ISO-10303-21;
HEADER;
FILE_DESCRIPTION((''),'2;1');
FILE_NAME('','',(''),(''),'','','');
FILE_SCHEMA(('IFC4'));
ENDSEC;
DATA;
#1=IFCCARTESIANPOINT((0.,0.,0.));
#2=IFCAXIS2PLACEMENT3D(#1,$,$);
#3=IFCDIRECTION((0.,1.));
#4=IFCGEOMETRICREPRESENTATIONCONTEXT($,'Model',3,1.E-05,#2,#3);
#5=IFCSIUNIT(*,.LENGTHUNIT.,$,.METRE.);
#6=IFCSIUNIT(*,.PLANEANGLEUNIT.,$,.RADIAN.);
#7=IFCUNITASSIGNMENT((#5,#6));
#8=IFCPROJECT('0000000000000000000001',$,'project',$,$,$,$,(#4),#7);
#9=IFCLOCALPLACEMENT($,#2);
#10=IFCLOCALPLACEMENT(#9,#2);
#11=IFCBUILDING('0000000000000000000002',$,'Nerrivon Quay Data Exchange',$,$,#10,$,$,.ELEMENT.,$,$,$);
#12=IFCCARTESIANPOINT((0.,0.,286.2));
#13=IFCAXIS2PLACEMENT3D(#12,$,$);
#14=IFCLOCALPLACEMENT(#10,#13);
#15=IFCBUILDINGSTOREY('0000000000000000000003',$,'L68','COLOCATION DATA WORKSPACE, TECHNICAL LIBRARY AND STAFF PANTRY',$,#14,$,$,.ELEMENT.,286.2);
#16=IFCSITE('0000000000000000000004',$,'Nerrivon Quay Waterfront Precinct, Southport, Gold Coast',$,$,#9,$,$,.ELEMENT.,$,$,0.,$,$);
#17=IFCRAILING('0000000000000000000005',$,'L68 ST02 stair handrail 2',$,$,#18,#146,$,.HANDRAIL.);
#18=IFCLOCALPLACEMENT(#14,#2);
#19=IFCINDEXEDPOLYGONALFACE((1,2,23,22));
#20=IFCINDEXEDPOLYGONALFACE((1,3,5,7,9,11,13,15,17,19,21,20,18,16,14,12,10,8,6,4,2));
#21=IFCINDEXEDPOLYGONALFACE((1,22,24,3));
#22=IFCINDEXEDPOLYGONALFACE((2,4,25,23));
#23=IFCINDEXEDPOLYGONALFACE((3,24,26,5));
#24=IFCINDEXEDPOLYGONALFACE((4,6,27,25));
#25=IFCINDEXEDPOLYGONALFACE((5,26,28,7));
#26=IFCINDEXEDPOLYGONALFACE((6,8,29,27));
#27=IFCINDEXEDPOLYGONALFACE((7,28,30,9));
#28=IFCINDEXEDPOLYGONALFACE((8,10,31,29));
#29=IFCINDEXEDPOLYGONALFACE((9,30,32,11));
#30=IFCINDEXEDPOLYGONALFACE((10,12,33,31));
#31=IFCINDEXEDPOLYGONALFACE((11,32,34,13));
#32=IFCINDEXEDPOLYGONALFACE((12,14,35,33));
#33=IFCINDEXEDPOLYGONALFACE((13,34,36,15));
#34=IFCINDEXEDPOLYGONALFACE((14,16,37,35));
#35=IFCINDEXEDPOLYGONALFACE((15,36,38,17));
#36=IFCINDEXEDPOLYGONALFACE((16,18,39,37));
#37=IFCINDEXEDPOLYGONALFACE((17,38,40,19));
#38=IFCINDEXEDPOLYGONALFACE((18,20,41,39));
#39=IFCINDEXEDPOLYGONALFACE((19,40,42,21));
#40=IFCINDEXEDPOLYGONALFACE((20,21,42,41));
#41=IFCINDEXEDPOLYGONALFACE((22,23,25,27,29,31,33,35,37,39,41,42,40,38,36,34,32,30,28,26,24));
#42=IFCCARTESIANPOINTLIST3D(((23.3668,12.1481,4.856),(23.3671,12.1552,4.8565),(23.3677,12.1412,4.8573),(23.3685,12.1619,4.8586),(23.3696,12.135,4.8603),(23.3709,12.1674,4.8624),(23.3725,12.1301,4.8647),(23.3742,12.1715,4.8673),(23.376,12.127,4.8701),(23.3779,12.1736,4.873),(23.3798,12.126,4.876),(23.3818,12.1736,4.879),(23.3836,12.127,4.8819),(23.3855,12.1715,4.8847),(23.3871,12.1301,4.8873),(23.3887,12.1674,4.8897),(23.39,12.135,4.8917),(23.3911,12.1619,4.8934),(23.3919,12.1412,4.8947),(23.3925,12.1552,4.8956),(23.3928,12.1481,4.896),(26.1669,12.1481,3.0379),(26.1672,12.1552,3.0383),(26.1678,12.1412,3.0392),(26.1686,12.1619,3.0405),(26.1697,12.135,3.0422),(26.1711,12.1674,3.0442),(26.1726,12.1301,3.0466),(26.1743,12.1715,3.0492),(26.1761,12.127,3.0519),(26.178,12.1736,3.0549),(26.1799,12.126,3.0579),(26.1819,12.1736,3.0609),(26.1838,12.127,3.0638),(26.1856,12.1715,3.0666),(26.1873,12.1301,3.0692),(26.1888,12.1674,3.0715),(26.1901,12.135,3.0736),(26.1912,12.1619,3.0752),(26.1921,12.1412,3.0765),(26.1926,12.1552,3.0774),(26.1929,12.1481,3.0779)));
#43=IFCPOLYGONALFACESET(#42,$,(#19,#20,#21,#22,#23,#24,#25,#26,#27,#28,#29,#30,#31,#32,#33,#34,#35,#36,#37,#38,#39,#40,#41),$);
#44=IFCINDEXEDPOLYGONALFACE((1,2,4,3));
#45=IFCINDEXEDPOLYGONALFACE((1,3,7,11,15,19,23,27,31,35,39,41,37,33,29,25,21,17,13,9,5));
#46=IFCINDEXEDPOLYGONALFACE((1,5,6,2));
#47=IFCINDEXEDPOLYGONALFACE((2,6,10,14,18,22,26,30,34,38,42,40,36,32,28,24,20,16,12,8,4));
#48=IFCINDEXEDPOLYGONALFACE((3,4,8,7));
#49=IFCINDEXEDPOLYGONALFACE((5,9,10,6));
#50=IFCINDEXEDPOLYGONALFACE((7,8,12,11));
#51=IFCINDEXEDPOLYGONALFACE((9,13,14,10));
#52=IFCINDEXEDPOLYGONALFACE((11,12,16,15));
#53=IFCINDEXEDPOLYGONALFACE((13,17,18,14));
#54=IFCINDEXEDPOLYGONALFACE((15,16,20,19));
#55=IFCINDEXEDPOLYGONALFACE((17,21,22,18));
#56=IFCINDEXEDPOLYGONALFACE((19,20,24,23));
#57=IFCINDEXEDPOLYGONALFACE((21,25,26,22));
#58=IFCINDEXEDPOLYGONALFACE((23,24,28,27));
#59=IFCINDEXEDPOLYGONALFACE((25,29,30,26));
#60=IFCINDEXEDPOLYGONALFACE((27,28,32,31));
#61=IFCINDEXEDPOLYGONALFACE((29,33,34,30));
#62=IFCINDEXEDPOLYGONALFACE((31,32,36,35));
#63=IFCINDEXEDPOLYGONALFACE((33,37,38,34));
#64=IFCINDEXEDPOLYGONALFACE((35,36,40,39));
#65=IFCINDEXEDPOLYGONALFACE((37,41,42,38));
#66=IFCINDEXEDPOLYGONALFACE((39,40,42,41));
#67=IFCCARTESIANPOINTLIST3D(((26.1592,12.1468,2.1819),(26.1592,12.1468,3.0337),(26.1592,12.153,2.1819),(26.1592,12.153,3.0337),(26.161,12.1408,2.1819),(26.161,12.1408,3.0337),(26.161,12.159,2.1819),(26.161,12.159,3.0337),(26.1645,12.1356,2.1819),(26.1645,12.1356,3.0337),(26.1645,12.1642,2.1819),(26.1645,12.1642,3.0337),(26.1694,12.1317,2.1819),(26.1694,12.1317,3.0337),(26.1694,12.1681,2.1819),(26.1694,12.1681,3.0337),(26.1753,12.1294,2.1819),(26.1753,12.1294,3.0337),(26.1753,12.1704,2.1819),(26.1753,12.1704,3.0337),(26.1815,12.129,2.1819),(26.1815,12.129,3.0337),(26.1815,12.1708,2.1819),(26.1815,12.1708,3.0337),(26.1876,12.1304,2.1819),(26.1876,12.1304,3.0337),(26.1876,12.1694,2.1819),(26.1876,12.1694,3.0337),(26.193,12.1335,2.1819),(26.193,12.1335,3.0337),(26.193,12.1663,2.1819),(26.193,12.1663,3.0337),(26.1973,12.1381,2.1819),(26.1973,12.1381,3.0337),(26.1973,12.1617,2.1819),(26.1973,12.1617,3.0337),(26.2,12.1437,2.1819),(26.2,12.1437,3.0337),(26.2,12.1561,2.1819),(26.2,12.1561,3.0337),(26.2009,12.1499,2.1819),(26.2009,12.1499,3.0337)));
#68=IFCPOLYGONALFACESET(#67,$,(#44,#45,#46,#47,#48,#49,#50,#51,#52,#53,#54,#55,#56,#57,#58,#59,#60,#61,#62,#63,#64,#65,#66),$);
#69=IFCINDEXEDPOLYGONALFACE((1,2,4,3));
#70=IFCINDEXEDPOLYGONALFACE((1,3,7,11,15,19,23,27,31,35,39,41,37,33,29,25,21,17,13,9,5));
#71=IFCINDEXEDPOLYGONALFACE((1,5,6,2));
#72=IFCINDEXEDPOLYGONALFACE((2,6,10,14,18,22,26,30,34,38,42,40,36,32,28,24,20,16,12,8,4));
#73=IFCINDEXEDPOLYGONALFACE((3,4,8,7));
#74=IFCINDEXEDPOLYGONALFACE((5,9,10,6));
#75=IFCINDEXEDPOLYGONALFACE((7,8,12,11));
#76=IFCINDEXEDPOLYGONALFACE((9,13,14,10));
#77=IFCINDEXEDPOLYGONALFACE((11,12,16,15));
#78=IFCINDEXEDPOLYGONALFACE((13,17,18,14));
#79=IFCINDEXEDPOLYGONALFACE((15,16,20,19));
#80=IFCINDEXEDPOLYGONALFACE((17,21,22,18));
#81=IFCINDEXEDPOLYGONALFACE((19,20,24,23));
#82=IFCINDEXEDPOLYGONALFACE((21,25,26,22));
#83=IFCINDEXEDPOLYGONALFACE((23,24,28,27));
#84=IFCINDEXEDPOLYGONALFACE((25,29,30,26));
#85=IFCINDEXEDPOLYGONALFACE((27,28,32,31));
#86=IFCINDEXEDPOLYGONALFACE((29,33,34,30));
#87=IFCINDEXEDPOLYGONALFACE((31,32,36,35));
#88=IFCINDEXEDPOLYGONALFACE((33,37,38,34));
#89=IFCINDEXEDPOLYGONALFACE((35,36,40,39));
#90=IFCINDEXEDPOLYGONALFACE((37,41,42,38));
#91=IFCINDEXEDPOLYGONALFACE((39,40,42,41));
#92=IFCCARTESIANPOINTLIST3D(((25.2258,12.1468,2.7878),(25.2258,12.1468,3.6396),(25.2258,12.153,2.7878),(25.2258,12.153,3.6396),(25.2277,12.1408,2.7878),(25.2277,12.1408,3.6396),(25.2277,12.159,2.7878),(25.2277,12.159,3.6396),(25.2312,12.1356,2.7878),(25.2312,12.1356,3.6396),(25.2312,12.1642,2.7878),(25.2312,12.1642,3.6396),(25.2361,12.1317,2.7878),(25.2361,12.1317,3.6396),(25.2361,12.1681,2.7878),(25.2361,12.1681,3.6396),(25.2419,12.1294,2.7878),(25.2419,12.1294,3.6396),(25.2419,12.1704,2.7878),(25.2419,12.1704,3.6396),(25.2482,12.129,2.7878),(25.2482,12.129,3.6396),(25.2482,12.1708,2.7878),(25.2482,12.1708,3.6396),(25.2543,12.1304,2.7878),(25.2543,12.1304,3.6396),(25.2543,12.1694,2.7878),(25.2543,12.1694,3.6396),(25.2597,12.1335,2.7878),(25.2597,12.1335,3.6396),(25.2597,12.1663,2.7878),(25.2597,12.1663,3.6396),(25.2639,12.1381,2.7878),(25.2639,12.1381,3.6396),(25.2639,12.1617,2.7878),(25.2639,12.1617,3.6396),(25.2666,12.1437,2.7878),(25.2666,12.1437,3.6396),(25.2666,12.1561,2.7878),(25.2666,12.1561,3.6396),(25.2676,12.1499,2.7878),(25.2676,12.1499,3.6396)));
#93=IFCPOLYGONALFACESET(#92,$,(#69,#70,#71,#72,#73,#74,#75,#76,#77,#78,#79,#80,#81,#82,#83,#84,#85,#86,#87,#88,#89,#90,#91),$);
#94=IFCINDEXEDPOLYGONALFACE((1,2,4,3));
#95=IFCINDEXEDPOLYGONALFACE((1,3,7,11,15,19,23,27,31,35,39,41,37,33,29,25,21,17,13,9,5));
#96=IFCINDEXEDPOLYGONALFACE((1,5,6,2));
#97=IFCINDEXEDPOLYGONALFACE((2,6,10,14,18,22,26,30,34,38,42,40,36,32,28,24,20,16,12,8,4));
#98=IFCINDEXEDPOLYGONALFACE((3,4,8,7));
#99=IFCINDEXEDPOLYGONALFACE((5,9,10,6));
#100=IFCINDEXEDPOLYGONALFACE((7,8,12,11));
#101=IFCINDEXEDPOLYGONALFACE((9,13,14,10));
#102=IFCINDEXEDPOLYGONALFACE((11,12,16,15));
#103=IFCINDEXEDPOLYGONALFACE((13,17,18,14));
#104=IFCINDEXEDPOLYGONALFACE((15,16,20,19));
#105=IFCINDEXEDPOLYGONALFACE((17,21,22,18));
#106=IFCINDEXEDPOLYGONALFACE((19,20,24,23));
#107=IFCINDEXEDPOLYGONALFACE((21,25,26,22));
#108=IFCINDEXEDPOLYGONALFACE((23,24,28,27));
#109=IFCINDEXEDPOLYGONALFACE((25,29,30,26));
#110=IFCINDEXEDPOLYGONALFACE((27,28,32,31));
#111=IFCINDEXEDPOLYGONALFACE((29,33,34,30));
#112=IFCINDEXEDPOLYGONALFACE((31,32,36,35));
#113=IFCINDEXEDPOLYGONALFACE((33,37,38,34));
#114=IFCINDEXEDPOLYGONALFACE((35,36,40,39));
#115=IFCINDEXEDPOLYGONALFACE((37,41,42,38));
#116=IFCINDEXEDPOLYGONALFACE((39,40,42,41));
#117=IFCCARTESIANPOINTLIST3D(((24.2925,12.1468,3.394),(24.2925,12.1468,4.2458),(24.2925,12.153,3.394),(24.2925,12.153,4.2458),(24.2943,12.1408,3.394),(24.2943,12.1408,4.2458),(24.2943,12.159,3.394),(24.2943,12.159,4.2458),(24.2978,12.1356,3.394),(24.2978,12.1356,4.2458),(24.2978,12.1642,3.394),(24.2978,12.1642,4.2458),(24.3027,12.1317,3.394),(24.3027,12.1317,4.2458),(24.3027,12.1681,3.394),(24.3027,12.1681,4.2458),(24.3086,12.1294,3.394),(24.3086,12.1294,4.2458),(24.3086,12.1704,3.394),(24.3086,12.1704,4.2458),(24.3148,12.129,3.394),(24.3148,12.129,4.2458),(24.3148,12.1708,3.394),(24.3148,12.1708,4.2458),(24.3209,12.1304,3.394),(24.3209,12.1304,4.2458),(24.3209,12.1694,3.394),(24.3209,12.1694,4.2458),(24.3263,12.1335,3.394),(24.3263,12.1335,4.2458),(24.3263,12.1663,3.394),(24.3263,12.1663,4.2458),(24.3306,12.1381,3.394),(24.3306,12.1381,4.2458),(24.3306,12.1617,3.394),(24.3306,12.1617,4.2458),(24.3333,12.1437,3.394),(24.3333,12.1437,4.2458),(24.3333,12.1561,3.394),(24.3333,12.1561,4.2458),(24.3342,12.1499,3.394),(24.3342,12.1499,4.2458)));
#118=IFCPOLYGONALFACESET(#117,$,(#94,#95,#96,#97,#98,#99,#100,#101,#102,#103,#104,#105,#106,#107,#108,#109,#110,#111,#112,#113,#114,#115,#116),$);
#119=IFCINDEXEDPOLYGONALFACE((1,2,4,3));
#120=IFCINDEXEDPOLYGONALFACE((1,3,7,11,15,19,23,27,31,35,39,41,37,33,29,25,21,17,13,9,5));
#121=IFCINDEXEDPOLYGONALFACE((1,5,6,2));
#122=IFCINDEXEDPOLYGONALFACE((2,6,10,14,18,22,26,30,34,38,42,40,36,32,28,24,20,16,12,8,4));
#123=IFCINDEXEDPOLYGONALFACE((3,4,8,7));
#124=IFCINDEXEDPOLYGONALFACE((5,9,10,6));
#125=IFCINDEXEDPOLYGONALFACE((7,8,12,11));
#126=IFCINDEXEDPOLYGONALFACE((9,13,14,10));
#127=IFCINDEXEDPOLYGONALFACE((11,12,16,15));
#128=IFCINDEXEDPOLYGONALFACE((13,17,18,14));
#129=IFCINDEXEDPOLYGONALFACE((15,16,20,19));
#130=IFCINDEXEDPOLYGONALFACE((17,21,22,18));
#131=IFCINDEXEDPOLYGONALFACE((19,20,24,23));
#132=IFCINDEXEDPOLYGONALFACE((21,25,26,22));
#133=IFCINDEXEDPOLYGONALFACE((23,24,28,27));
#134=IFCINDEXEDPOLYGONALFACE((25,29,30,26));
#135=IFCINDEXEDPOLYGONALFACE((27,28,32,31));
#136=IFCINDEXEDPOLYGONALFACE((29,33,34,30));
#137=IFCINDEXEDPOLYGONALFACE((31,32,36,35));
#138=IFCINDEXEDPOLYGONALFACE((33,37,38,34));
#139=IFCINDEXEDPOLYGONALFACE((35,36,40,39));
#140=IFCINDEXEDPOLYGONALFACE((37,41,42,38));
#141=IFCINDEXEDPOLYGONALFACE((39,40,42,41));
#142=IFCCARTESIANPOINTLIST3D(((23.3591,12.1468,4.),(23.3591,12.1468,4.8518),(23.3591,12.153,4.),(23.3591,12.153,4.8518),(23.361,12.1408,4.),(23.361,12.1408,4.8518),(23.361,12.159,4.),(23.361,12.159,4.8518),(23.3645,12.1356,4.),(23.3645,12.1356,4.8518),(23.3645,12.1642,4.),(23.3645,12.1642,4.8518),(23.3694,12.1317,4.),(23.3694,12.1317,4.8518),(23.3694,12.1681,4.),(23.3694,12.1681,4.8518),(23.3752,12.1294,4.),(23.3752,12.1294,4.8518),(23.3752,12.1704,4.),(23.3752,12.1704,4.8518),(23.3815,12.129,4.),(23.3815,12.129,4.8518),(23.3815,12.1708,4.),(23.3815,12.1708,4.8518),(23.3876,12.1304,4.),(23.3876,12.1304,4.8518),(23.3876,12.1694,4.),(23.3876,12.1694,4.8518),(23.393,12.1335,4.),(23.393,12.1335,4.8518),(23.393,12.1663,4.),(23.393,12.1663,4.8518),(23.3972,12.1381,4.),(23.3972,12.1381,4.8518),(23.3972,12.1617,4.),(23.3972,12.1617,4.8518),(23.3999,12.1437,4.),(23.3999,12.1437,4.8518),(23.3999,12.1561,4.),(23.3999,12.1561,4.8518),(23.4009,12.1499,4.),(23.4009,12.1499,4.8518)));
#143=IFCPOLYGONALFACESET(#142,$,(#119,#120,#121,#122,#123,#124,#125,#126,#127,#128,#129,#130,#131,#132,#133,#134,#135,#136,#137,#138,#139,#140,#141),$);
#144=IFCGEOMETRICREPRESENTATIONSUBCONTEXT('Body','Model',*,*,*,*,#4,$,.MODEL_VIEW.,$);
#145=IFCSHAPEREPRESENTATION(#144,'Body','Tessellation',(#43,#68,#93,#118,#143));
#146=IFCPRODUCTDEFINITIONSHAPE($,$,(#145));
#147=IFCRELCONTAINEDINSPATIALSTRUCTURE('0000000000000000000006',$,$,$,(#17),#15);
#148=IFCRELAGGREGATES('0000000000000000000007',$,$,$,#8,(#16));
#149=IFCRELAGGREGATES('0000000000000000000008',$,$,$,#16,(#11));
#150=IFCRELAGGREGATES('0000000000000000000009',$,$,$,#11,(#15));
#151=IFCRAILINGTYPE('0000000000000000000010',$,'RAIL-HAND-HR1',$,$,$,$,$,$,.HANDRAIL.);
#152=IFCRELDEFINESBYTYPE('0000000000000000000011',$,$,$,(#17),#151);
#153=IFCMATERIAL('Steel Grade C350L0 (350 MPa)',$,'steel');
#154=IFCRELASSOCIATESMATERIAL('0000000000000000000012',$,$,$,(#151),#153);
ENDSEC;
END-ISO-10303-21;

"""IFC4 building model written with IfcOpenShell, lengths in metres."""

from ifc_helpers import new_model, si_unit, direction, frame, origin, origin_2d, place, context, subcontext, project, spatial, circle, extrude, material, type_object, element, save


model = new_model("IFC4")

# Units and contexts
model_context = context("Model", 3, precision=1e-05, world=origin(), true_north=direction((0.0, 1.0)))
body_context = subcontext(model_context, "Body", "Model", "MODEL_VIEW")
ifc_project = project(units=[si_unit("LENGTHUNIT", "METRE"), si_unit("PLANEANGLEUNIT", "RADIAN")], contexts=[model_context])

# Site, building, storey
site_placement = place(None, origin())
site = spatial("IfcSite", under=ifc_project, at=site_placement, Name="Nerrivon Quay Waterfront Precinct, Southport, Gold Coast", CompositionType="ELEMENT", RefElevation=0.0)
building_placement = place(site_placement, origin())
building = spatial("IfcBuilding", under=site, at=building_placement, Name="Nerrivon Quay Data Exchange", CompositionType="ELEMENT")
storey_placement = place(building_placement, frame((0.0, 0.0, 286.2)))
storey = spatial("IfcBuildingStorey", under=building, at=storey_placement, Name="L68", Description="COLOCATION DATA WORKSPACE, TECHNICAL LIBRARY AND STAFF PANTRY", CompositionType="ELEMENT", Elevation=286.2)

# Shared definitions
ifc_material_1 = material(Name="Steel Grade C350L0 (350 MPa)", Category="steel")

# Railing
railing_type_1 = type_object("IfcRailingType", Name="RAIL-HAND-HR1", PredefinedType="HANDRAIL", material=ifc_material_1)
railing_1_placement = place(storey_placement, frame((26.1799, 12.1499, 2.1819)))
element("IfcRailing", 1, at=railing_1_placement, inside=storey, type_object=railing_type_1, Name="L68 ST02 stair handrail 2", PredefinedType="HANDRAIL", context=body_context, shape_type="SweptSolid", body=[
    extrude(circle(Radius=0.0239, at=origin_2d()), frame((0.0, 0.0, 0.876), z_axis=(-0.838706, 0.0, 0.544585), x_axis=(0.0, -1.0, 0.0)), (0.0, 0.0, 1.0), 3.3386),
    extrude(circle(Radius=0.021, at=origin_2d()), origin(), (0.0, 0.0, 1.0), 0.8518),
    extrude(circle(Radius=0.021, at=origin_2d()), frame((-0.9333, 0.0, 0.606)), (0.0, 0.0, 1.0), 0.8518),
    extrude(circle(Radius=0.021, at=origin_2d()), frame((-1.8667, 0.0, 1.2122)), (0.0, 0.0, 1.0), 0.8518),
    extrude(circle(Radius=0.021, at=origin_2d()), frame((-2.8, 0.0, 1.8181)), (0.0, 0.0, 1.0), 0.8518),
])

save(model, "model.ifc")
